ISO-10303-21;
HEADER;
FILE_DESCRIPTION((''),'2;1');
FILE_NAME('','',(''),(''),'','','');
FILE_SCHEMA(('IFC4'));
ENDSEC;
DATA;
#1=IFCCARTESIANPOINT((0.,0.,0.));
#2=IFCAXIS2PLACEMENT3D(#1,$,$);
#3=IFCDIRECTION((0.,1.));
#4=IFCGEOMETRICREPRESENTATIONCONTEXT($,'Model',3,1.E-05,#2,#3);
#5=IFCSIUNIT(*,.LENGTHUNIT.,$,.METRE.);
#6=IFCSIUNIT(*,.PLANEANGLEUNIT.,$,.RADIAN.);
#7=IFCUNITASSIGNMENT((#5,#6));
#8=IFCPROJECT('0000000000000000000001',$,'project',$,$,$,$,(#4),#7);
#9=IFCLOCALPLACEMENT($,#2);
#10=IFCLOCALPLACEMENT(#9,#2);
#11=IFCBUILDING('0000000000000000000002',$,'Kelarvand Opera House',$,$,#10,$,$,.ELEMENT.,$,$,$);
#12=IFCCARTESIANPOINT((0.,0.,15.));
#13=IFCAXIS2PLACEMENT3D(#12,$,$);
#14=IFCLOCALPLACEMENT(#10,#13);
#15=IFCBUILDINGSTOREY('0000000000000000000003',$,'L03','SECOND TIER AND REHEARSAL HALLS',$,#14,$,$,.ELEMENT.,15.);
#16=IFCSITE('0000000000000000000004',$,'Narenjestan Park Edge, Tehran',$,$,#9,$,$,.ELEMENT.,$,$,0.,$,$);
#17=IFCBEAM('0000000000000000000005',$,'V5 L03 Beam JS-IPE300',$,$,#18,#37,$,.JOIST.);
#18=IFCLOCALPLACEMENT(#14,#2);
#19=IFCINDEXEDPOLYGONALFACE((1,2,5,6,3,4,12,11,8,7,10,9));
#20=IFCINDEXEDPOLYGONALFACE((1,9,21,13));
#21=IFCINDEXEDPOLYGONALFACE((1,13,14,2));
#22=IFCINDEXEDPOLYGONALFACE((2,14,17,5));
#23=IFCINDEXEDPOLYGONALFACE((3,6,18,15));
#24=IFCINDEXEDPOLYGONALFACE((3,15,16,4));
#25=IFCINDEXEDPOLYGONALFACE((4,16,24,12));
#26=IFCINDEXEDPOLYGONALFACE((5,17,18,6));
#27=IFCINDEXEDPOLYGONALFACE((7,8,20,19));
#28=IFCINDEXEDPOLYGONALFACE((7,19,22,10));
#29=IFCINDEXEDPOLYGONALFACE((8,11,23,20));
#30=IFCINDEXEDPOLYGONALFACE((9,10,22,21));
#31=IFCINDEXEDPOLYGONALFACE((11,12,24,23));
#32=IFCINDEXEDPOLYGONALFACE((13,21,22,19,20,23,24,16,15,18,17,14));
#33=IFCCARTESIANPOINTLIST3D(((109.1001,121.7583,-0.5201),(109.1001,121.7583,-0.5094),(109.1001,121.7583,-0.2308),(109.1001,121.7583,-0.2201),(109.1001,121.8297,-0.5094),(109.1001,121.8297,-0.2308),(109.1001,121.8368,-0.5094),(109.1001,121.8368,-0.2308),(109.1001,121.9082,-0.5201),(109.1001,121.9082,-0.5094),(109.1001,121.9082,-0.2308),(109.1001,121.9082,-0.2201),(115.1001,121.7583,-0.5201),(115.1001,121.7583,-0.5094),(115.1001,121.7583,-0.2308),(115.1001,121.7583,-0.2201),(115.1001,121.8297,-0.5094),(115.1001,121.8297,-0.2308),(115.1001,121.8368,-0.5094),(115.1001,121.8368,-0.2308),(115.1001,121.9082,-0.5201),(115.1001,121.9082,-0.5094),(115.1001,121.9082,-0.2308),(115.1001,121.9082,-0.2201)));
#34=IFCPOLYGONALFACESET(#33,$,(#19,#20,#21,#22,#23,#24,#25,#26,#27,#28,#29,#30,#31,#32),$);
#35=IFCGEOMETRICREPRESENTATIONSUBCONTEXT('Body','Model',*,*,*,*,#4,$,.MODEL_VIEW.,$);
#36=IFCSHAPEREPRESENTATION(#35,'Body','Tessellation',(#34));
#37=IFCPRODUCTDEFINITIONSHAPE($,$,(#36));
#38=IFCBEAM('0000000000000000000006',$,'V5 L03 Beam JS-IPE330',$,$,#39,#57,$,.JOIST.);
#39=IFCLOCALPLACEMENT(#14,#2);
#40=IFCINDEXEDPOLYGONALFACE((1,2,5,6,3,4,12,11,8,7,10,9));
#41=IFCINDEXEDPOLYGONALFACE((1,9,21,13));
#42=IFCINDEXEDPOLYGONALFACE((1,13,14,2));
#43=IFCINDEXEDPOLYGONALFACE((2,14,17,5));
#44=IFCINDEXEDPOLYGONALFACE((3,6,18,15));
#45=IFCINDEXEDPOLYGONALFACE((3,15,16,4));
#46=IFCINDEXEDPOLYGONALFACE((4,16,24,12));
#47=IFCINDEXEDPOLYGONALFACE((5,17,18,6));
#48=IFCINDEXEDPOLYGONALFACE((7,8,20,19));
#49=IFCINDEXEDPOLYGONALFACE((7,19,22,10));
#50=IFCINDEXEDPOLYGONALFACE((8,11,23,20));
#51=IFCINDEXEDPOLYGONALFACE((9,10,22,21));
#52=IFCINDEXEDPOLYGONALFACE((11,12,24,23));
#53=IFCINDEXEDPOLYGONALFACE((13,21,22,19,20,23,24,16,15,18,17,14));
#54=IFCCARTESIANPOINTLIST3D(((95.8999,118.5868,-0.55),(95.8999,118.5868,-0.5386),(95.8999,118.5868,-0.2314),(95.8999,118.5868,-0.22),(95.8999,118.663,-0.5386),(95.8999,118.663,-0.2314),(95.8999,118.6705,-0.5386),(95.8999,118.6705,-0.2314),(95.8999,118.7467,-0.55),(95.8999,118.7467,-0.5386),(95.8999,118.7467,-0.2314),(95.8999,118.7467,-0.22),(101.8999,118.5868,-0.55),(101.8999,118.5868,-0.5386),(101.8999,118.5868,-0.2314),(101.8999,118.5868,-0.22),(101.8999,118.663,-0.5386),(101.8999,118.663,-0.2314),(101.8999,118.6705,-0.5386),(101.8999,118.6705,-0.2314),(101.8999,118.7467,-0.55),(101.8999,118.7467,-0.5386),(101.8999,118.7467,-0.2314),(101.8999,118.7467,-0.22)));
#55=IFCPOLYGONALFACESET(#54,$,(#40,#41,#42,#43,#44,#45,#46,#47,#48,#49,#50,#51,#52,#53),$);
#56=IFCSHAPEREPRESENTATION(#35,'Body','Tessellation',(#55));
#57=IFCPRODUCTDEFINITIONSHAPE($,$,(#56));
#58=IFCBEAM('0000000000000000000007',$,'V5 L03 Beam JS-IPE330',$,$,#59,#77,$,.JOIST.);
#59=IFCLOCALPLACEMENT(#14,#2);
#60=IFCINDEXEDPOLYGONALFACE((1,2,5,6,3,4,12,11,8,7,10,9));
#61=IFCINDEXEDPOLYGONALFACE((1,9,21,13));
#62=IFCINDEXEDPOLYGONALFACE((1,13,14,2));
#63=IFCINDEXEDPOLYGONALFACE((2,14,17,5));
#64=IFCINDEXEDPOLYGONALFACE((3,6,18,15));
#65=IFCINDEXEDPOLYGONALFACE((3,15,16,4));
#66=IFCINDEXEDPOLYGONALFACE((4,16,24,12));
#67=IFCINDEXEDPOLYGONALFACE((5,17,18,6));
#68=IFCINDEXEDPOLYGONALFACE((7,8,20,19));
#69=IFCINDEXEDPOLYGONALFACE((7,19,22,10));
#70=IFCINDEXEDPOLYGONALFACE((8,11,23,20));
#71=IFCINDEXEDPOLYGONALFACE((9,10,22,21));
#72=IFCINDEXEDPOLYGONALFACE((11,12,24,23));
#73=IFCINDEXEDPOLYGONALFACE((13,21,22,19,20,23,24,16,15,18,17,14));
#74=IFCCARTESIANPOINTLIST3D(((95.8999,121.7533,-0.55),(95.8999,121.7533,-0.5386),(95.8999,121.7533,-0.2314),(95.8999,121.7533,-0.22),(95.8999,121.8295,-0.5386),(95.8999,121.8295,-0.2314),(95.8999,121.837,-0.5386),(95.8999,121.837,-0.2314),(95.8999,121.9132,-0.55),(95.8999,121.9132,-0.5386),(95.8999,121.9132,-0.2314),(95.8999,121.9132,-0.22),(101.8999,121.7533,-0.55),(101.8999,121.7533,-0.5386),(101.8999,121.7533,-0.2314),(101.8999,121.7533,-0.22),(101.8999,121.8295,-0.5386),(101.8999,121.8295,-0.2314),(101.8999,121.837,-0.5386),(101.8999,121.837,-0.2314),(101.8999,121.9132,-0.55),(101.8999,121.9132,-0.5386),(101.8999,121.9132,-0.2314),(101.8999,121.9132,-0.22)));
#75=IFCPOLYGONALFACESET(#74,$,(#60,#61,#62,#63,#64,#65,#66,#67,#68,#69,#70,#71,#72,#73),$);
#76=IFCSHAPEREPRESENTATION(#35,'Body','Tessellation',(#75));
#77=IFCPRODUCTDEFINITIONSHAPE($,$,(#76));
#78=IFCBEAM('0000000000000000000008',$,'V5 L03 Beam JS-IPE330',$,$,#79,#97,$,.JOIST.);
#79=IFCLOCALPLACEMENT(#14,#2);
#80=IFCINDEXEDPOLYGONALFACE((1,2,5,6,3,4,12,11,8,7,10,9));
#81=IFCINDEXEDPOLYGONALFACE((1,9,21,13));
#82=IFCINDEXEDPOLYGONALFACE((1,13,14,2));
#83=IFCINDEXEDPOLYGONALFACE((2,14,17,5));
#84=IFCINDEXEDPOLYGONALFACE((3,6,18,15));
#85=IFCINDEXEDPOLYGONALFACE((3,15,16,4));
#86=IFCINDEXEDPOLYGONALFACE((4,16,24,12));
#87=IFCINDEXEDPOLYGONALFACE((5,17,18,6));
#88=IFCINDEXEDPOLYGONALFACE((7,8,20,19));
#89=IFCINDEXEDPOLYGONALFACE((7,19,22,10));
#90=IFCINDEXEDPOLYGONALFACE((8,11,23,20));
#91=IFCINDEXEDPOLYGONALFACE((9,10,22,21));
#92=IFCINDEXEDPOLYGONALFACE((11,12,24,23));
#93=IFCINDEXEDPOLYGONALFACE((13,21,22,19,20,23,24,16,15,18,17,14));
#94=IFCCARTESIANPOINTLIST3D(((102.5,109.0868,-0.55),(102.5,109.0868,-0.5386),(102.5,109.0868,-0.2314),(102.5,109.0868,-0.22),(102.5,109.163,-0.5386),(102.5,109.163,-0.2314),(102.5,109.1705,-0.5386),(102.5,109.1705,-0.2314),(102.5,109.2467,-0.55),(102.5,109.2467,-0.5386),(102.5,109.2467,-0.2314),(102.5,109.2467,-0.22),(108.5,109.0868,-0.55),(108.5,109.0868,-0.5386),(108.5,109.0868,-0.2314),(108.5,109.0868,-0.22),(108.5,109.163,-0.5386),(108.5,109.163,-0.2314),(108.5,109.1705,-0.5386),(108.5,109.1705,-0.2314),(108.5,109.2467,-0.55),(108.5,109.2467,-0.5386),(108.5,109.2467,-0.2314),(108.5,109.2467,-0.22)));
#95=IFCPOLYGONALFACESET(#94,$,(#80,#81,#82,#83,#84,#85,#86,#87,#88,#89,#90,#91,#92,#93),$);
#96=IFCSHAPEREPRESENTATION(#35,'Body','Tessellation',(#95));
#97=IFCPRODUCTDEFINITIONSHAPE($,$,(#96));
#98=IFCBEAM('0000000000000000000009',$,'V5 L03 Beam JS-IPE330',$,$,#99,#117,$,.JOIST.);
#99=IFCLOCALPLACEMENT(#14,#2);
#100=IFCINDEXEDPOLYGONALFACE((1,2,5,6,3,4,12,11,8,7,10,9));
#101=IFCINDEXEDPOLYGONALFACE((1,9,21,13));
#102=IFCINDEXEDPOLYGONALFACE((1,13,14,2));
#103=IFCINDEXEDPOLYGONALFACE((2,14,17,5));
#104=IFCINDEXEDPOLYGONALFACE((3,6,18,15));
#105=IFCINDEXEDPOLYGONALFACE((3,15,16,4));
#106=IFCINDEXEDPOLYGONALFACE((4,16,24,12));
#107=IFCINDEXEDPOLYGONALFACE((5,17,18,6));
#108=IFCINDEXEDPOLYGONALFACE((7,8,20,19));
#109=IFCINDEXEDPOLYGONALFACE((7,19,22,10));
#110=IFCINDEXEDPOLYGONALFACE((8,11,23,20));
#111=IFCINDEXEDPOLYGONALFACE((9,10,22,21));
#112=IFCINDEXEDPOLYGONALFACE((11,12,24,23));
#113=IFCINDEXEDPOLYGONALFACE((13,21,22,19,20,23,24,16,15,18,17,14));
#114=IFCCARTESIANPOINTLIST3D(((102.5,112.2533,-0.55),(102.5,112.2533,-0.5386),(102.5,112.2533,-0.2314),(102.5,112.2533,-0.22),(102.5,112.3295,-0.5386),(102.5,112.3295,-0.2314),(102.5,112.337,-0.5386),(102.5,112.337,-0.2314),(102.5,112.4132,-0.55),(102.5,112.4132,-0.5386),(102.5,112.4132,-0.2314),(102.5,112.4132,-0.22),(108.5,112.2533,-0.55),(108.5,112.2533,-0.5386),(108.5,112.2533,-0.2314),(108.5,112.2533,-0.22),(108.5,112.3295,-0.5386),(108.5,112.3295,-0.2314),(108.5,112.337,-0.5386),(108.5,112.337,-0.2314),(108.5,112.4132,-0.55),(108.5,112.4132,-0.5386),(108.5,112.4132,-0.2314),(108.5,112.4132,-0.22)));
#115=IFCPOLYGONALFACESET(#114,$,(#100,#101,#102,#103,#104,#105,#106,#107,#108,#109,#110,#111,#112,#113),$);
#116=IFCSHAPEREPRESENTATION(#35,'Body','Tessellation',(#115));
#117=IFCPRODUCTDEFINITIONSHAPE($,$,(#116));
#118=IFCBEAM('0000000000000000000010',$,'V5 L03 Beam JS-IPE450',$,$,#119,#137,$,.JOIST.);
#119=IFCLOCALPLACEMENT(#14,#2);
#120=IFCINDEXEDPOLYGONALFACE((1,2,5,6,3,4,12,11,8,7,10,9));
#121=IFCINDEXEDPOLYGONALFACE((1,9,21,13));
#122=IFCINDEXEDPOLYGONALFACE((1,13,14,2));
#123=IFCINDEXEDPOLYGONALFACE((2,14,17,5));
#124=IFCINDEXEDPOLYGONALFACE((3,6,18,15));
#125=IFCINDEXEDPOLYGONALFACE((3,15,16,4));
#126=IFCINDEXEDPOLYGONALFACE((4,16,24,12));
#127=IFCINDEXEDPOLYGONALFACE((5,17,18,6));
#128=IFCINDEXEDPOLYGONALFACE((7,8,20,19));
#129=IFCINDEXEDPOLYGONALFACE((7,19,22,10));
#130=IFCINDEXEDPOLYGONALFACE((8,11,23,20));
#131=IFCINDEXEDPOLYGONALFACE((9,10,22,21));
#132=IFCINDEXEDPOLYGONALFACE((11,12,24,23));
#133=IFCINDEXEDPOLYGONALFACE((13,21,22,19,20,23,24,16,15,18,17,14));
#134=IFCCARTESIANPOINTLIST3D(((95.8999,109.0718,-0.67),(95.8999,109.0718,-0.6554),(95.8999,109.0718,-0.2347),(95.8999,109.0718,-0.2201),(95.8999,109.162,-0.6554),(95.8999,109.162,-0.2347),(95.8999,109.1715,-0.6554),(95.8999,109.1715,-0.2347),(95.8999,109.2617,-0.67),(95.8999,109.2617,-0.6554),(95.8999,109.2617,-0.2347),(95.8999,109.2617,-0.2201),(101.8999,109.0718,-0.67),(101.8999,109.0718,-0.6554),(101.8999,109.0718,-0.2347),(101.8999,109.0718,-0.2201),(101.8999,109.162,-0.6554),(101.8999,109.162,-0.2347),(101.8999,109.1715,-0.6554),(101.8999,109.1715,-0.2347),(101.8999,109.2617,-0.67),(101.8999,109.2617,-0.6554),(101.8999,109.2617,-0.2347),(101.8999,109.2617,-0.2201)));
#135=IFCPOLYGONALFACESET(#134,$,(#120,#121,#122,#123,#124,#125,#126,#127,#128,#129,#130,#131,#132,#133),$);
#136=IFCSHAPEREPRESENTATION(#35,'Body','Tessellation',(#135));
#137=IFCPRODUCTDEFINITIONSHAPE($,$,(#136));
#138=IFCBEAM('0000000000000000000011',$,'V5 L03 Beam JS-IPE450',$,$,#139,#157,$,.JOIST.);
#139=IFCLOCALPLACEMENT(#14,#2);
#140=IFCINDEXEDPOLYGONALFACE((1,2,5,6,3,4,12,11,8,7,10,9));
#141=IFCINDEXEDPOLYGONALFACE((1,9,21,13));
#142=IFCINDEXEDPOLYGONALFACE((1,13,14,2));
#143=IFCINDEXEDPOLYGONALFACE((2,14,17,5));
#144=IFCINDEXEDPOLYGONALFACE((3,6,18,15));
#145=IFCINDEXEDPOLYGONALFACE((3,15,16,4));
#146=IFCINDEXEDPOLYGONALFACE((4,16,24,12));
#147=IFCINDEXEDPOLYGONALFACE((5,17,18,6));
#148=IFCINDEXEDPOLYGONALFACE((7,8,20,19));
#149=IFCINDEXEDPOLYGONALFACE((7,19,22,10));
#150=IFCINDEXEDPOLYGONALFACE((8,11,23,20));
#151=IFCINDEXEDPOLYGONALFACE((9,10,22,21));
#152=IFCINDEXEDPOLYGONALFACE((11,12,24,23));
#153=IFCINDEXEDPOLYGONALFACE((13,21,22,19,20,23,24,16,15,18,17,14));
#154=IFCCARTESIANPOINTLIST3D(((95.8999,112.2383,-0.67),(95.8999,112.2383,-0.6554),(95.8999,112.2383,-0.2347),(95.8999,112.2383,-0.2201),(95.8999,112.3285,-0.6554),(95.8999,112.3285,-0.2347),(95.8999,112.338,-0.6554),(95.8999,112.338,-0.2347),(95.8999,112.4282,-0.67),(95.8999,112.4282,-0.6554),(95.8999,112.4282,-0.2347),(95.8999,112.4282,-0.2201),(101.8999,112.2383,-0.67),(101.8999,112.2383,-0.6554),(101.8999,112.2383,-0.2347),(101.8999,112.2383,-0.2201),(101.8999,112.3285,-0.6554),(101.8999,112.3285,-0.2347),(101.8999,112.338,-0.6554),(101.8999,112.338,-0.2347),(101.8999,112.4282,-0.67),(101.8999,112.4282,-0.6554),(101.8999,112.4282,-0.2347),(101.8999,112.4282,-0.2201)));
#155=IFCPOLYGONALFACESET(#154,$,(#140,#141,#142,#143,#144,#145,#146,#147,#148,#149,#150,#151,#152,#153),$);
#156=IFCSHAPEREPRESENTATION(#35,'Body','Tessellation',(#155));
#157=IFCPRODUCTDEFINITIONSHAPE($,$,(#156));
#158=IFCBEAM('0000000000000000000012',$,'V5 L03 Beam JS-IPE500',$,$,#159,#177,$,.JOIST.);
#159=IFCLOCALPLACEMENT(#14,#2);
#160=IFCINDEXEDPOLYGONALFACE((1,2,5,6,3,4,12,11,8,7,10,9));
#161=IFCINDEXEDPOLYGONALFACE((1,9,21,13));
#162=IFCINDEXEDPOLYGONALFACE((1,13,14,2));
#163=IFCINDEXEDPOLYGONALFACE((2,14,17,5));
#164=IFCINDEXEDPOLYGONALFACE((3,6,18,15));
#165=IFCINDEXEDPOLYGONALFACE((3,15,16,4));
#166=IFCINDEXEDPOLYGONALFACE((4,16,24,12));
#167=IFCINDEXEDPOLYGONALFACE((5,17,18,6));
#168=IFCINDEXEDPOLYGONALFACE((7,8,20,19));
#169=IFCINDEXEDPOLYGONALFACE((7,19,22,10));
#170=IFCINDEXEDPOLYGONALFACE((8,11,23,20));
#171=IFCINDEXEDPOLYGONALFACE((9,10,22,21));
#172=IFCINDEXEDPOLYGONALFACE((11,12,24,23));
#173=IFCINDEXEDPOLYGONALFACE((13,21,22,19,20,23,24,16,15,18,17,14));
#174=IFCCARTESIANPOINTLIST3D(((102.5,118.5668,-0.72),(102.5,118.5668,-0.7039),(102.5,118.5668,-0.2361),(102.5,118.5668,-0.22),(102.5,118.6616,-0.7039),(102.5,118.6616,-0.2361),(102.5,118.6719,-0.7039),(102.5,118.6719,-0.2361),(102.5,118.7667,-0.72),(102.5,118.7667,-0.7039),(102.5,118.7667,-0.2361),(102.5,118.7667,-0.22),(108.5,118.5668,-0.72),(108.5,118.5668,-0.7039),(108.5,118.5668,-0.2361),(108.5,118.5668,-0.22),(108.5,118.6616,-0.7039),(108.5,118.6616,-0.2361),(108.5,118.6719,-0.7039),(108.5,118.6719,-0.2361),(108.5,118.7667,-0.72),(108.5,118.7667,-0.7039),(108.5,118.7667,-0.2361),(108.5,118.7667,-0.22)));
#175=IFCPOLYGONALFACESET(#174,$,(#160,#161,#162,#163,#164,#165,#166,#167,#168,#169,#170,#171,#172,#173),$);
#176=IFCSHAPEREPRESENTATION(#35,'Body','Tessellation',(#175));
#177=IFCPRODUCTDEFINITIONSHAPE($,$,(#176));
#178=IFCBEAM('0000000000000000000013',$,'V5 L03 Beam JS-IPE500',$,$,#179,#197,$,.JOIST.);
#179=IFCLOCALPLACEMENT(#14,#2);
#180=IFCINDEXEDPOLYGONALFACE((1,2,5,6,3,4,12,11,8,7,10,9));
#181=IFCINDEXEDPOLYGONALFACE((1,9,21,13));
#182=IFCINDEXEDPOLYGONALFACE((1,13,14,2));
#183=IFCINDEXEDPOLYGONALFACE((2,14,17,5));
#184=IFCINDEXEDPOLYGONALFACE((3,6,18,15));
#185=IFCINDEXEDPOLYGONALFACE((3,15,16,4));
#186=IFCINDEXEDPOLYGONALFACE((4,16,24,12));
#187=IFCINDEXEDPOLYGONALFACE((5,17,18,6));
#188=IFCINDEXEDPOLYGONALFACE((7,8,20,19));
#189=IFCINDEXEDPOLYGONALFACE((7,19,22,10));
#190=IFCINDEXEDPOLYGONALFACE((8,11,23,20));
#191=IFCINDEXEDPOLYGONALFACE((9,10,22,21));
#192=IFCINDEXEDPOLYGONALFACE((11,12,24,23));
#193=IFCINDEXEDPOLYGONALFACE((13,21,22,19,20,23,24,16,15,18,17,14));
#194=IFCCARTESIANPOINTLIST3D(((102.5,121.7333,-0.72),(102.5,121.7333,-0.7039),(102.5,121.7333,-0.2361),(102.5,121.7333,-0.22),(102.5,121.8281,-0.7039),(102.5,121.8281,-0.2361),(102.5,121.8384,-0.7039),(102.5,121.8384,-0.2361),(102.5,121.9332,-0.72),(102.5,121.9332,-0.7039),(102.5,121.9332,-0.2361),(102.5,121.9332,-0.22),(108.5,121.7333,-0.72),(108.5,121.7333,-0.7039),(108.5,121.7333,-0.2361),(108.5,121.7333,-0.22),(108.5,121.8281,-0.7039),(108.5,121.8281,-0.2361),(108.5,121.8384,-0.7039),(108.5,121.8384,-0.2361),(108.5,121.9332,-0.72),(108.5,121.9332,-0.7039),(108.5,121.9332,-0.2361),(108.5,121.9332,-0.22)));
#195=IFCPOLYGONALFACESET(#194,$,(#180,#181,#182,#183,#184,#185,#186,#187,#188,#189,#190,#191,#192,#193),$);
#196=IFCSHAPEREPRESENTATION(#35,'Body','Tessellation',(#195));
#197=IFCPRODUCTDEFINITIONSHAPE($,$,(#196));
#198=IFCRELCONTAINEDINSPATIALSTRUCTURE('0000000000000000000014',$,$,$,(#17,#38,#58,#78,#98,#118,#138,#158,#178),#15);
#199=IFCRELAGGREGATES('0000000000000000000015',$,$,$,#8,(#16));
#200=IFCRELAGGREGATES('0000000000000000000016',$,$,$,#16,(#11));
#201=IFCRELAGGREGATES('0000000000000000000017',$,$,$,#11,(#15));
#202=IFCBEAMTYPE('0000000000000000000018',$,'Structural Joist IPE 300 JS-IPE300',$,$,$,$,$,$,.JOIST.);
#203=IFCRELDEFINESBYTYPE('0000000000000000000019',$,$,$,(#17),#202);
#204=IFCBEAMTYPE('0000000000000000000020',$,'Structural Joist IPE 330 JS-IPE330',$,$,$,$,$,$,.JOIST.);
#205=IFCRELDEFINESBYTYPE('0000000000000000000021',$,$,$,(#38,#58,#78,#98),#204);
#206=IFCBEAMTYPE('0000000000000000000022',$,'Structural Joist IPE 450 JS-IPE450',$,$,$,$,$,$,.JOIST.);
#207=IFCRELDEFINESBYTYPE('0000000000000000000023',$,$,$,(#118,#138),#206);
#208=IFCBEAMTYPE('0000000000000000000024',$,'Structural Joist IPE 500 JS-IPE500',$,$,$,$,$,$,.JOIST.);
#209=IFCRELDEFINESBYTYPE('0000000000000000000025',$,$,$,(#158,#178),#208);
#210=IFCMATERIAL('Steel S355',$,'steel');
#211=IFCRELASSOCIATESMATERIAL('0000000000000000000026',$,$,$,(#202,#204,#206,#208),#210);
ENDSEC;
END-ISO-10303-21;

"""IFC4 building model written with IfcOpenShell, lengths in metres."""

from ifc_helpers import new_model, si_unit, direction, frame, origin, origin_2d, place, context, subcontext, project, spatial, i_section, extrude, material, material_profile, profile_set, type_object, element, save


model = new_model("IFC4")

# Units and contexts
model_context = context("Model", 3, precision=1e-05, world=origin(), true_north=direction((0.0, 1.0)))
body_context = subcontext(model_context, "Body", "Model", "MODEL_VIEW")
ifc_project = project(units=[si_unit("LENGTHUNIT", "METRE"), si_unit("PLANEANGLEUNIT", "RADIAN")], contexts=[model_context])

# Site, building, storey
site_placement = place(None, origin())
site = spatial("IfcSite", under=ifc_project, at=site_placement, Name="Narenjestan Park Edge, Tehran", CompositionType="ELEMENT", RefElevation=0.0)
building_placement = place(site_placement, origin())
building = spatial("IfcBuilding", under=site, at=building_placement, Name="Kelarvand Opera House", CompositionType="ELEMENT")
storey_placement = place(building_placement, frame((0.0, 0.0, 15.0)))
storey = spatial("IfcBuildingStorey", under=building, at=storey_placement, Name="L03", Description="SECOND TIER AND REHEARSAL HALLS", CompositionType="ELEMENT", Elevation=15.0)

# Beams
ifc_material_1 = material(Name="Steel S355", Category="steel")
ifc_material_profile_1 = material_profile(ifc_material_1, i_section(OverallWidth=0.1499, OverallDepth=0.3, WebThickness=0.0071, FlangeThickness=0.0107, at=origin_2d()), Name="IPE 300", Category="steel")
ifc_profile_set_1 = profile_set([ifc_material_profile_1], Name="Steel S355")
beam_type_1 = type_object("IfcBeamType", Name="Structural Joist IPE 300 JS-IPE300", PredefinedType="JOIST", material=ifc_profile_set_1)
for number, where, z_axis, x_axis, name in (
    (1, (109.1001, 121.8333, -0.3701), (1.0, 0.0, 0.0), (0.0, 1.0, 0.0), "V5 L03 Beam JS-IPE300"),
):
    element("IfcBeam", number, at=place(storey_placement, frame(where, z_axis=z_axis, x_axis=x_axis)), inside=storey, type_object=beam_type_1, Name=name, PredefinedType="JOIST", context=body_context, shape_type="SweptSolid", body=[
        extrude(i_section(OverallWidth=0.1499, OverallDepth=0.3, WebThickness=0.0071, FlangeThickness=0.0107, at=origin_2d()), origin(), (0.0, 0.0, 1.0), 6.0),
    ])
ifc_material_profile_2 = material_profile(ifc_material_1, i_section(OverallWidth=0.1599, OverallDepth=0.3301, WebThickness=0.0076, FlangeThickness=0.0115, at=origin_2d()), Name="IPE 330", Category="steel")
ifc_profile_set_2 = profile_set([ifc_material_profile_2], Name="Steel S355")
beam_type_2 = type_object("IfcBeamType", Name="Structural Joist IPE 330 JS-IPE330", PredefinedType="JOIST", material=ifc_profile_set_2)
for number, where, z_axis, x_axis, name in (
    (2, (95.8999, 118.6667, -0.385), (1.0, 0.0, 0.0), (0.0, 1.0, 0.0), "V5 L03 Beam JS-IPE330"),
    (3, (95.8999, 121.8333, -0.385), (1.0, 0.0, 0.0), (0.0, 1.0, 0.0), "V5 L03 Beam JS-IPE330"),
    (4, (102.5, 109.1667, -0.385), (1.0, 0.0, 0.0), (0.0, 1.0, 0.0), "V5 L03 Beam JS-IPE330"),
    (5, (102.5, 112.3333, -0.385), (1.0, 0.0, 0.0), (0.0, 1.0, 0.0), "V5 L03 Beam JS-IPE330"),
):
    element("IfcBeam", number, at=place(storey_placement, frame(where, z_axis=z_axis, x_axis=x_axis)), inside=storey, type_object=beam_type_2, Name=name, PredefinedType="JOIST", context=body_context, shape_type="SweptSolid", body=[
        extrude(i_section(OverallWidth=0.1599, OverallDepth=0.3301, WebThickness=0.0076, FlangeThickness=0.0115, at=origin_2d()), origin(), (0.0, 0.0, 1.0), 6.0),
    ])
ifc_material_profile_3 = material_profile(ifc_material_1, i_section(OverallWidth=0.1899, OverallDepth=0.45, WebThickness=0.0095, FlangeThickness=0.0146, at=origin_2d()), Name="IPE 450", Category="steel")
ifc_profile_set_3 = profile_set([ifc_material_profile_3], Name="Steel S355")
beam_type_3 = type_object("IfcBeamType", Name="Structural Joist IPE 450 JS-IPE450", PredefinedType="JOIST", material=ifc_profile_set_3)
for number, where, z_axis, x_axis, name in (
    (6, (95.8999, 109.1667, -0.4451), (1.0, 0.0, 0.0), (0.0, 1.0, 0.0), "V5 L03 Beam JS-IPE450"),
    (7, (95.8999, 112.3333, -0.4451), (1.0, 0.0, 0.0), (0.0, 1.0, 0.0), "V5 L03 Beam JS-IPE450"),
):
    element("IfcBeam", number, at=place(storey_placement, frame(where, z_axis=z_axis, x_axis=x_axis)), inside=storey, type_object=beam_type_3, Name=name, PredefinedType="JOIST", context=body_context, shape_type="SweptSolid", body=[
        extrude(i_section(OverallWidth=0.1899, OverallDepth=0.45, WebThickness=0.0095, FlangeThickness=0.0146, at=origin_2d()), origin(), (0.0, 0.0, 1.0), 6.0),
    ])
ifc_material_profile_4 = material_profile(ifc_material_1, i_section(OverallWidth=0.2, OverallDepth=0.5, WebThickness=0.0103, FlangeThickness=0.0161, at=origin_2d()), Name="IPE 500", Category="steel")
ifc_profile_set_4 = profile_set([ifc_material_profile_4], Name="Steel S355")
beam_type_4 = type_object("IfcBeamType", Name="Structural Joist IPE 500 JS-IPE500", PredefinedType="JOIST", material=ifc_profile_set_4)
for number, where, z_axis, x_axis, name in (
    (8, (102.5, 118.6667, -0.47), (1.0, 0.0, 0.0), (0.0, 1.0, 0.0), "V5 L03 Beam JS-IPE500"),
    (9, (102.5, 121.8333, -0.47), (1.0, 0.0, 0.0), (0.0, 1.0, 0.0), "V5 L03 Beam JS-IPE500"),
):
    element("IfcBeam", number, at=place(storey_placement, frame(where, z_axis=z_axis, x_axis=x_axis)), inside=storey, type_object=beam_type_4, Name=name, PredefinedType="JOIST", context=body_context, shape_type="SweptSolid", body=[
        extrude(i_section(OverallWidth=0.2, OverallDepth=0.5, WebThickness=0.0103, FlangeThickness=0.0161, at=origin_2d()), origin(), (0.0, 0.0, 1.0), 6.0),
    ])

save(model, "model.ifc")
